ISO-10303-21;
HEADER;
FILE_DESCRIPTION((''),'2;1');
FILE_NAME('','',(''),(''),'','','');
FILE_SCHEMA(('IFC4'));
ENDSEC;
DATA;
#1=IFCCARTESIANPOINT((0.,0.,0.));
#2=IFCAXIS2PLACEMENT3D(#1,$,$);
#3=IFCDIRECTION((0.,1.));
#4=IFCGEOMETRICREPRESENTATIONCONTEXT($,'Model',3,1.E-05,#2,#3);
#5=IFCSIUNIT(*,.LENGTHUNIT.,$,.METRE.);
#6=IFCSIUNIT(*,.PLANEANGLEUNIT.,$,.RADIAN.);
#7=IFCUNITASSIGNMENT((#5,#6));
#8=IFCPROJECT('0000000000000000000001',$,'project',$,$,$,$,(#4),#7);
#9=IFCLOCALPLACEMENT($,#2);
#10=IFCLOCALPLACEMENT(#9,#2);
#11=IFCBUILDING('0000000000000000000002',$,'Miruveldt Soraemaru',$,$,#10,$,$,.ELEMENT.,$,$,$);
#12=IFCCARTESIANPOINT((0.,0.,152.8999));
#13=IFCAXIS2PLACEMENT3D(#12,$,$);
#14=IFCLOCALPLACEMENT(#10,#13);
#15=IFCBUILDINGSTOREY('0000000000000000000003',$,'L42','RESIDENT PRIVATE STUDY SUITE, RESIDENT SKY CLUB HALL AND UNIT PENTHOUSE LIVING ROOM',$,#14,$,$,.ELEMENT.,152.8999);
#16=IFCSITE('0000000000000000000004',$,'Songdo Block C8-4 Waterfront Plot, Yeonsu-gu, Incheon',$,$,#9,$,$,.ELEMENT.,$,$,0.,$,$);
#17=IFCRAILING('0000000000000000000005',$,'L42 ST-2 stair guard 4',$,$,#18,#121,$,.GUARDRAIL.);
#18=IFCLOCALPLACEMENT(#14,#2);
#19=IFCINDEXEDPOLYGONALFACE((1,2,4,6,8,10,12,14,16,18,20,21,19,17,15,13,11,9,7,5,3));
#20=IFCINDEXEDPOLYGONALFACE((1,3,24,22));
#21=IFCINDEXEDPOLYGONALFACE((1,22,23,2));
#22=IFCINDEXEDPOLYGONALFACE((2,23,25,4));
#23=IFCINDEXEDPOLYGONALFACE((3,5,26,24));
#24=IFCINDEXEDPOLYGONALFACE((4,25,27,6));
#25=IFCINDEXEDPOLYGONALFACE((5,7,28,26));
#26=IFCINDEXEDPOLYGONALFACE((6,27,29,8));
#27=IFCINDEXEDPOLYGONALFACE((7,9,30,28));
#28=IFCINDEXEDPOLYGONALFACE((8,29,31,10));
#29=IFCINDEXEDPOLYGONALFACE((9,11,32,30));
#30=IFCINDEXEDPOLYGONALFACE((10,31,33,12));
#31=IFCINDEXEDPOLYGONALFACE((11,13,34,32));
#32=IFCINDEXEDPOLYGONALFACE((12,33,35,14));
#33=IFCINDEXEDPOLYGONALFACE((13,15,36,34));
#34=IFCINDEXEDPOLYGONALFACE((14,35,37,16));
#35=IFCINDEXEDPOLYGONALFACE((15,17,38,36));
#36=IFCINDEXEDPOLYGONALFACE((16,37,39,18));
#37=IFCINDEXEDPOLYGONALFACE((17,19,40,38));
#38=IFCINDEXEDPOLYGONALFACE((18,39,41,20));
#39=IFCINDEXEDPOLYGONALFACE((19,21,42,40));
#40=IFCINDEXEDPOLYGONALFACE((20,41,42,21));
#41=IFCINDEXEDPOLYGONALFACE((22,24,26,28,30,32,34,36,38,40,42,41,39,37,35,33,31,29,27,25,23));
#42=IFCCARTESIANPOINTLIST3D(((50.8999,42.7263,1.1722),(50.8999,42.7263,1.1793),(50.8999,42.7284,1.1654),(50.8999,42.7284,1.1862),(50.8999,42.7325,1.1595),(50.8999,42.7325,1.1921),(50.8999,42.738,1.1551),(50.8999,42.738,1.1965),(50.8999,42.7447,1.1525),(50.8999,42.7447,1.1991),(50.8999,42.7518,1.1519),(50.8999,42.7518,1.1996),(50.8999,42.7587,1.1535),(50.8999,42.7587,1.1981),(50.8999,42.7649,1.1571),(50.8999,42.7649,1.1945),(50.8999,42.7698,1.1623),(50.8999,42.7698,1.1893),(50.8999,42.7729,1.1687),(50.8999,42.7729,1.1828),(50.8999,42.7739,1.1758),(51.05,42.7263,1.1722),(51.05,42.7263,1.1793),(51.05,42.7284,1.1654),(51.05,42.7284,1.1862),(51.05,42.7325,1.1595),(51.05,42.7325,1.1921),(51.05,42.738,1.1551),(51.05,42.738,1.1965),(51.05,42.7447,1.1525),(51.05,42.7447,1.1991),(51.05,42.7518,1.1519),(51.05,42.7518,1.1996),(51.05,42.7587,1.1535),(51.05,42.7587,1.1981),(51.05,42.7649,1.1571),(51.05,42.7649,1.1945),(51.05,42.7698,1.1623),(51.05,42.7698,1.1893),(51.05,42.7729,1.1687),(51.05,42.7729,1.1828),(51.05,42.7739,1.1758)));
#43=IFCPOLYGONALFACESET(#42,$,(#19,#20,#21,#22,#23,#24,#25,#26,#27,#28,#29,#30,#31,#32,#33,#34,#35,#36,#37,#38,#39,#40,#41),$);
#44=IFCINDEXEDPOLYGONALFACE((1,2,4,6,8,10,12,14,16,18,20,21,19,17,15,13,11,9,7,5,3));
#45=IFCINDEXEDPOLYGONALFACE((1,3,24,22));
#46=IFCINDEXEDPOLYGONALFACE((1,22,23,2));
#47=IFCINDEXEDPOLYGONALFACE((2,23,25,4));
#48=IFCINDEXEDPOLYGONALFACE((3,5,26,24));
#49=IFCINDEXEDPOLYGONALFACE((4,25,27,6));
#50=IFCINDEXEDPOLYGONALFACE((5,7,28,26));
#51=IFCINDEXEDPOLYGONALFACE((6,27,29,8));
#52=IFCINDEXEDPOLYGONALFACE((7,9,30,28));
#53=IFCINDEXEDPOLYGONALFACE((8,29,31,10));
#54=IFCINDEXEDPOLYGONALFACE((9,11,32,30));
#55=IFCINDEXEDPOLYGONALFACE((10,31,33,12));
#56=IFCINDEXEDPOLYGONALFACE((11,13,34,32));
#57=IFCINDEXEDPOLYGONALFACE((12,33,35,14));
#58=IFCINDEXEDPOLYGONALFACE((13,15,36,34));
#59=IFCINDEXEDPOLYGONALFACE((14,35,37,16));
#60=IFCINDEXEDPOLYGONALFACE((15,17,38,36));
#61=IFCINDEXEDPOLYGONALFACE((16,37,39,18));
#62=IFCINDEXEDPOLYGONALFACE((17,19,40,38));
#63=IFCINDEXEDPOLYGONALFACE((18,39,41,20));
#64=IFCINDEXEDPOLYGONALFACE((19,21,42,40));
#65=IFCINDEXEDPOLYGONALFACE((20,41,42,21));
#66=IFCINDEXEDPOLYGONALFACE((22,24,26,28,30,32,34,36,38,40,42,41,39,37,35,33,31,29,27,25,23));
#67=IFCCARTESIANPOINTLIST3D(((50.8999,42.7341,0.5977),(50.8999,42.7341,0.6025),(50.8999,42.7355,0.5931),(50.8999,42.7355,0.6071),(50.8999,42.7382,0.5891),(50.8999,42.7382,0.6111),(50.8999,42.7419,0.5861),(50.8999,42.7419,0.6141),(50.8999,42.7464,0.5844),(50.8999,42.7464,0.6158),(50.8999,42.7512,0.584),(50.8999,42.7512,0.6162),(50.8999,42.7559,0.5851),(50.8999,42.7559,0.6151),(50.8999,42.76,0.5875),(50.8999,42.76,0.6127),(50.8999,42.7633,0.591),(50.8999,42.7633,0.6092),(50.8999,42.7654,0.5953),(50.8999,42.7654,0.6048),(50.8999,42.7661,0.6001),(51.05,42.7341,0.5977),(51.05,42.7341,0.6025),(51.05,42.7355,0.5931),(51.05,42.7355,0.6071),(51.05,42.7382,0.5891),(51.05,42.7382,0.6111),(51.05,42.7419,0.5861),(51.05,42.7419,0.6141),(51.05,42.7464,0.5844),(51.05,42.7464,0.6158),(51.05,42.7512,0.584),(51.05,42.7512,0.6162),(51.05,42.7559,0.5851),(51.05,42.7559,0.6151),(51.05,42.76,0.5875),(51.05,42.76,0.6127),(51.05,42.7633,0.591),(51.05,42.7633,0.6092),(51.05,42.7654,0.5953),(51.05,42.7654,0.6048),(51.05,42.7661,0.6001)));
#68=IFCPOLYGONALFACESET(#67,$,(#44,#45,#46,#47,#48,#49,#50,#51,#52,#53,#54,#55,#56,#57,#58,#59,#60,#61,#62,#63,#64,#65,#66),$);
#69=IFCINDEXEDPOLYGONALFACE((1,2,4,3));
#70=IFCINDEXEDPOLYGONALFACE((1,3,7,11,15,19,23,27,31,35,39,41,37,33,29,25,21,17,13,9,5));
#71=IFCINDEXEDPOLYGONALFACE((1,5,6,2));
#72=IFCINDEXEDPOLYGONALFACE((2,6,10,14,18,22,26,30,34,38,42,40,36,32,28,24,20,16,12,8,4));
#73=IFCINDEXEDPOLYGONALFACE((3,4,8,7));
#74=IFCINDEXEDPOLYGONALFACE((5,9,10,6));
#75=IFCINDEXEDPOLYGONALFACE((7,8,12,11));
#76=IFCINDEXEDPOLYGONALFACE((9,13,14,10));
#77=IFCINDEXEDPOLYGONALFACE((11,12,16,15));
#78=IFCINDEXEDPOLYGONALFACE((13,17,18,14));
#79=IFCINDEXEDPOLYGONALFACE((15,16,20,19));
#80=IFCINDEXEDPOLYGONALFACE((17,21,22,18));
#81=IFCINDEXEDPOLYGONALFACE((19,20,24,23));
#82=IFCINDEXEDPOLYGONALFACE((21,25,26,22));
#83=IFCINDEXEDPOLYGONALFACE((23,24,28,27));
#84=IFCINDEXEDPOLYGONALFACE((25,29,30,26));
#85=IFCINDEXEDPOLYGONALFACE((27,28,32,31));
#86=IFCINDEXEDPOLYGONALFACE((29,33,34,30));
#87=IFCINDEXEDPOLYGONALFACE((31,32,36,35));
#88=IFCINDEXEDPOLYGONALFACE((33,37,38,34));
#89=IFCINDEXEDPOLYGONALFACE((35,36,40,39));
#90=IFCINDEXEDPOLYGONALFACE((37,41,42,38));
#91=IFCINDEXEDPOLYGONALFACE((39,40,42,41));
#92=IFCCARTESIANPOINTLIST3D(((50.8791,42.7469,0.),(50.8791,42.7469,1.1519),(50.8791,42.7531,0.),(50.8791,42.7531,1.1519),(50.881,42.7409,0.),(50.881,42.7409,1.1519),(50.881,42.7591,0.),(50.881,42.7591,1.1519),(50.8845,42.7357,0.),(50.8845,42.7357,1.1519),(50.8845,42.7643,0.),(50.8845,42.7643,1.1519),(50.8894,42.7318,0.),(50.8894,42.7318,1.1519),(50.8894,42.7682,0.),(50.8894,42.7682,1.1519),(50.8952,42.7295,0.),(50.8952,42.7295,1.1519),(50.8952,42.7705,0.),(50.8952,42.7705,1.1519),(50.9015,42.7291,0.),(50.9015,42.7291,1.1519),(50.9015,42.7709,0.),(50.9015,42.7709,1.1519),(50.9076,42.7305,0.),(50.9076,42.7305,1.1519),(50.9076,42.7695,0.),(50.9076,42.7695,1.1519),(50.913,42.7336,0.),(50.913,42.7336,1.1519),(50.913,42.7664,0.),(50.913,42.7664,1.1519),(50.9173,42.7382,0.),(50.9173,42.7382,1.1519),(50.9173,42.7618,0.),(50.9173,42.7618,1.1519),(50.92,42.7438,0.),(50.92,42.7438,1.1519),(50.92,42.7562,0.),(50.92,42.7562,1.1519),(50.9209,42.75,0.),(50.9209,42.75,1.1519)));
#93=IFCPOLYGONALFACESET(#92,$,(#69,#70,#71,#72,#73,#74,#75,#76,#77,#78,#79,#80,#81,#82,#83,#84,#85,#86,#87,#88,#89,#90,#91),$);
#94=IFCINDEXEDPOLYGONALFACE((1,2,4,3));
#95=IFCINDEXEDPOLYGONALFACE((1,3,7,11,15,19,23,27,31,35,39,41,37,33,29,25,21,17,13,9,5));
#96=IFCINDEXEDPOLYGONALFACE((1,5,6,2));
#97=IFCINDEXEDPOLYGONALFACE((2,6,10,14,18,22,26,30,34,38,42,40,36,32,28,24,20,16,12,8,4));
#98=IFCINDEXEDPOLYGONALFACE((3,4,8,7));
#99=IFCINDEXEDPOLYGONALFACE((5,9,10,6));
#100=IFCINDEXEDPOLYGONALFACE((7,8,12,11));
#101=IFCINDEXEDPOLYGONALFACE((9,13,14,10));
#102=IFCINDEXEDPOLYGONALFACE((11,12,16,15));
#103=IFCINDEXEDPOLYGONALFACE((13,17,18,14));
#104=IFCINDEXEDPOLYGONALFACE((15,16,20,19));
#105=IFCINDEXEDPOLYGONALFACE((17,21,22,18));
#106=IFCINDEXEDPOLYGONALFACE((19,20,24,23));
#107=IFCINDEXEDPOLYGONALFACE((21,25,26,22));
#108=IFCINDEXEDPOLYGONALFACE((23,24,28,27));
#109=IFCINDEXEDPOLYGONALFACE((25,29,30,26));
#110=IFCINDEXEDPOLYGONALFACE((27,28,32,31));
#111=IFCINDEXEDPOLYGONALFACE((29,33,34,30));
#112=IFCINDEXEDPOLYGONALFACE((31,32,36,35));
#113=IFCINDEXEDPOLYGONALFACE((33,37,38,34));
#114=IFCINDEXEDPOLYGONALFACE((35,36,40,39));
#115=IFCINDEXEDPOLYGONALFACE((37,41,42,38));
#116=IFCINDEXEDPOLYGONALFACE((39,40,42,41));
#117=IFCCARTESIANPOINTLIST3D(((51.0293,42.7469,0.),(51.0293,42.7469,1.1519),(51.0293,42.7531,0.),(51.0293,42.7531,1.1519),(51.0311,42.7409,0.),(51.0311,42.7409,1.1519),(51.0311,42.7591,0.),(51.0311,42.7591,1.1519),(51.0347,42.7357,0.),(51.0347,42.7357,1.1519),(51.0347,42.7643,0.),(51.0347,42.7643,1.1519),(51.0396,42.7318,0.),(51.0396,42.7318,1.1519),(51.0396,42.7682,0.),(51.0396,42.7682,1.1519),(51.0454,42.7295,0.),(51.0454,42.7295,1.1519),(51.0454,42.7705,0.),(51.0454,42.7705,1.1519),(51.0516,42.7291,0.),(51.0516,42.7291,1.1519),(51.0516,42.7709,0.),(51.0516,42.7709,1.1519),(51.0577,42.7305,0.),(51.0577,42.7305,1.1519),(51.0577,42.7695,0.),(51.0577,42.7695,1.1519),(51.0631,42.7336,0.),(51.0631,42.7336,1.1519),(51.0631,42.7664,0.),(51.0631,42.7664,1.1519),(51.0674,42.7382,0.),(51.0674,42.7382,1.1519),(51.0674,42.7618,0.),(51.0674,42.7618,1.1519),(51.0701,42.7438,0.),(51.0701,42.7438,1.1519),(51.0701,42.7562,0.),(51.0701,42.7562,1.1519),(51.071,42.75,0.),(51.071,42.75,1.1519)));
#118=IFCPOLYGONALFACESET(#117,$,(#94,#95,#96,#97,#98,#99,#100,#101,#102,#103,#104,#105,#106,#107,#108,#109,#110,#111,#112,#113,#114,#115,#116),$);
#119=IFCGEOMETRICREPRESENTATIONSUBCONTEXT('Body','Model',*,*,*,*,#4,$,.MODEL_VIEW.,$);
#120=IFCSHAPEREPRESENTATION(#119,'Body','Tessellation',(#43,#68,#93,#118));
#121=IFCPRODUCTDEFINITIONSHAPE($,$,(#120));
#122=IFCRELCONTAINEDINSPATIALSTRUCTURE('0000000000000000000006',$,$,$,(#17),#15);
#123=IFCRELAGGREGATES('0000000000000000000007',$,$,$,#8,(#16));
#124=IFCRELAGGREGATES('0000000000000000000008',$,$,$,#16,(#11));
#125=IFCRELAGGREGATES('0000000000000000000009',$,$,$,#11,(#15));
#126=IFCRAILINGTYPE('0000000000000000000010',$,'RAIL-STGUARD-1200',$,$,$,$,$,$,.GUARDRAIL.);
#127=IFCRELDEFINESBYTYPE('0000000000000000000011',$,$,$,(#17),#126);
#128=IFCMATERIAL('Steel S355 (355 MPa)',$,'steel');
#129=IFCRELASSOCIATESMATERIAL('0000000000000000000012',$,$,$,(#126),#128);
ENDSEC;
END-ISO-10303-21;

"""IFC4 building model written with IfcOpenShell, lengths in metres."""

from ifc_helpers import new_model, si_unit, direction, frame, origin, origin_2d, place, context, subcontext, project, spatial, circle, extrude, material, type_object, element, save


model = new_model("IFC4")

# Units and contexts
model_context = context("Model", 3, precision=1e-05, world=origin(), true_north=direction((0.0, 1.0)))
body_context = subcontext(model_context, "Body", "Model", "MODEL_VIEW")
ifc_project = project(units=[si_unit("LENGTHUNIT", "METRE"), si_unit("PLANEANGLEUNIT", "RADIAN")], contexts=[model_context])

# Site, building, storey
site_placement = place(None, origin())
site = spatial("IfcSite", under=ifc_project, at=site_placement, Name="Songdo Block C8-4 Waterfront Plot, Yeonsu-gu, Incheon", CompositionType="ELEMENT", RefElevation=0.0)
building_placement = place(site_placement, origin())
building = spatial("IfcBuilding", under=site, at=building_placement, Name="Miruveldt Soraemaru", CompositionType="ELEMENT")
storey_placement = place(building_placement, frame((0.0, 0.0, 152.8999)))
storey = spatial("IfcBuildingStorey", under=building, at=storey_placement, Name="L42", Description="RESIDENT PRIVATE STUDY SUITE, RESIDENT SKY CLUB HALL AND UNIT PENTHOUSE LIVING ROOM", CompositionType="ELEMENT", Elevation=152.8999)

# Railing
ifc_material_1 = material(Name="Steel S355 (355 MPa)", Category="steel")
railing_type_1 = type_object("IfcRailingType", Name="RAIL-STGUARD-1200", PredefinedType="GUARDRAIL", material=ifc_material_1)
railing_1_placement = place(storey_placement, frame((50.8999, 42.75, 0.0)))
element("IfcRailing", 1, at=railing_1_placement, inside=storey, type_object=railing_type_1, Name="L42 ST-2 stair guard 4", PredefinedType="GUARDRAIL", context=body_context, shape_type="SweptSolid", body=[
    extrude(circle(Radius=0.0239, at=origin_2d()), frame((0.0, 0.0, 1.1758), z_axis=(1.0, 0.0, 0.0), x_axis=(0.0, 1.0, 0.0)), (0.0, 0.0, 1.0), 0.1501),
    extrude(circle(Radius=0.0161, at=origin_2d()), frame((0.0, 0.0, 0.6001), z_axis=(1.0, 0.0, 0.0), x_axis=(0.0, 1.0, 0.0)), (0.0, 0.0, 1.0), 0.1501),
    extrude(circle(Radius=0.021, at=origin_2d()), origin(), (0.0, 0.0, 1.0), 1.1519),
    extrude(circle(Radius=0.021, at=origin_2d()), frame((0.1501, 0.0, 0.0)), (0.0, 0.0, 1.0), 1.1519),
])

save(model, "model.ifc")
